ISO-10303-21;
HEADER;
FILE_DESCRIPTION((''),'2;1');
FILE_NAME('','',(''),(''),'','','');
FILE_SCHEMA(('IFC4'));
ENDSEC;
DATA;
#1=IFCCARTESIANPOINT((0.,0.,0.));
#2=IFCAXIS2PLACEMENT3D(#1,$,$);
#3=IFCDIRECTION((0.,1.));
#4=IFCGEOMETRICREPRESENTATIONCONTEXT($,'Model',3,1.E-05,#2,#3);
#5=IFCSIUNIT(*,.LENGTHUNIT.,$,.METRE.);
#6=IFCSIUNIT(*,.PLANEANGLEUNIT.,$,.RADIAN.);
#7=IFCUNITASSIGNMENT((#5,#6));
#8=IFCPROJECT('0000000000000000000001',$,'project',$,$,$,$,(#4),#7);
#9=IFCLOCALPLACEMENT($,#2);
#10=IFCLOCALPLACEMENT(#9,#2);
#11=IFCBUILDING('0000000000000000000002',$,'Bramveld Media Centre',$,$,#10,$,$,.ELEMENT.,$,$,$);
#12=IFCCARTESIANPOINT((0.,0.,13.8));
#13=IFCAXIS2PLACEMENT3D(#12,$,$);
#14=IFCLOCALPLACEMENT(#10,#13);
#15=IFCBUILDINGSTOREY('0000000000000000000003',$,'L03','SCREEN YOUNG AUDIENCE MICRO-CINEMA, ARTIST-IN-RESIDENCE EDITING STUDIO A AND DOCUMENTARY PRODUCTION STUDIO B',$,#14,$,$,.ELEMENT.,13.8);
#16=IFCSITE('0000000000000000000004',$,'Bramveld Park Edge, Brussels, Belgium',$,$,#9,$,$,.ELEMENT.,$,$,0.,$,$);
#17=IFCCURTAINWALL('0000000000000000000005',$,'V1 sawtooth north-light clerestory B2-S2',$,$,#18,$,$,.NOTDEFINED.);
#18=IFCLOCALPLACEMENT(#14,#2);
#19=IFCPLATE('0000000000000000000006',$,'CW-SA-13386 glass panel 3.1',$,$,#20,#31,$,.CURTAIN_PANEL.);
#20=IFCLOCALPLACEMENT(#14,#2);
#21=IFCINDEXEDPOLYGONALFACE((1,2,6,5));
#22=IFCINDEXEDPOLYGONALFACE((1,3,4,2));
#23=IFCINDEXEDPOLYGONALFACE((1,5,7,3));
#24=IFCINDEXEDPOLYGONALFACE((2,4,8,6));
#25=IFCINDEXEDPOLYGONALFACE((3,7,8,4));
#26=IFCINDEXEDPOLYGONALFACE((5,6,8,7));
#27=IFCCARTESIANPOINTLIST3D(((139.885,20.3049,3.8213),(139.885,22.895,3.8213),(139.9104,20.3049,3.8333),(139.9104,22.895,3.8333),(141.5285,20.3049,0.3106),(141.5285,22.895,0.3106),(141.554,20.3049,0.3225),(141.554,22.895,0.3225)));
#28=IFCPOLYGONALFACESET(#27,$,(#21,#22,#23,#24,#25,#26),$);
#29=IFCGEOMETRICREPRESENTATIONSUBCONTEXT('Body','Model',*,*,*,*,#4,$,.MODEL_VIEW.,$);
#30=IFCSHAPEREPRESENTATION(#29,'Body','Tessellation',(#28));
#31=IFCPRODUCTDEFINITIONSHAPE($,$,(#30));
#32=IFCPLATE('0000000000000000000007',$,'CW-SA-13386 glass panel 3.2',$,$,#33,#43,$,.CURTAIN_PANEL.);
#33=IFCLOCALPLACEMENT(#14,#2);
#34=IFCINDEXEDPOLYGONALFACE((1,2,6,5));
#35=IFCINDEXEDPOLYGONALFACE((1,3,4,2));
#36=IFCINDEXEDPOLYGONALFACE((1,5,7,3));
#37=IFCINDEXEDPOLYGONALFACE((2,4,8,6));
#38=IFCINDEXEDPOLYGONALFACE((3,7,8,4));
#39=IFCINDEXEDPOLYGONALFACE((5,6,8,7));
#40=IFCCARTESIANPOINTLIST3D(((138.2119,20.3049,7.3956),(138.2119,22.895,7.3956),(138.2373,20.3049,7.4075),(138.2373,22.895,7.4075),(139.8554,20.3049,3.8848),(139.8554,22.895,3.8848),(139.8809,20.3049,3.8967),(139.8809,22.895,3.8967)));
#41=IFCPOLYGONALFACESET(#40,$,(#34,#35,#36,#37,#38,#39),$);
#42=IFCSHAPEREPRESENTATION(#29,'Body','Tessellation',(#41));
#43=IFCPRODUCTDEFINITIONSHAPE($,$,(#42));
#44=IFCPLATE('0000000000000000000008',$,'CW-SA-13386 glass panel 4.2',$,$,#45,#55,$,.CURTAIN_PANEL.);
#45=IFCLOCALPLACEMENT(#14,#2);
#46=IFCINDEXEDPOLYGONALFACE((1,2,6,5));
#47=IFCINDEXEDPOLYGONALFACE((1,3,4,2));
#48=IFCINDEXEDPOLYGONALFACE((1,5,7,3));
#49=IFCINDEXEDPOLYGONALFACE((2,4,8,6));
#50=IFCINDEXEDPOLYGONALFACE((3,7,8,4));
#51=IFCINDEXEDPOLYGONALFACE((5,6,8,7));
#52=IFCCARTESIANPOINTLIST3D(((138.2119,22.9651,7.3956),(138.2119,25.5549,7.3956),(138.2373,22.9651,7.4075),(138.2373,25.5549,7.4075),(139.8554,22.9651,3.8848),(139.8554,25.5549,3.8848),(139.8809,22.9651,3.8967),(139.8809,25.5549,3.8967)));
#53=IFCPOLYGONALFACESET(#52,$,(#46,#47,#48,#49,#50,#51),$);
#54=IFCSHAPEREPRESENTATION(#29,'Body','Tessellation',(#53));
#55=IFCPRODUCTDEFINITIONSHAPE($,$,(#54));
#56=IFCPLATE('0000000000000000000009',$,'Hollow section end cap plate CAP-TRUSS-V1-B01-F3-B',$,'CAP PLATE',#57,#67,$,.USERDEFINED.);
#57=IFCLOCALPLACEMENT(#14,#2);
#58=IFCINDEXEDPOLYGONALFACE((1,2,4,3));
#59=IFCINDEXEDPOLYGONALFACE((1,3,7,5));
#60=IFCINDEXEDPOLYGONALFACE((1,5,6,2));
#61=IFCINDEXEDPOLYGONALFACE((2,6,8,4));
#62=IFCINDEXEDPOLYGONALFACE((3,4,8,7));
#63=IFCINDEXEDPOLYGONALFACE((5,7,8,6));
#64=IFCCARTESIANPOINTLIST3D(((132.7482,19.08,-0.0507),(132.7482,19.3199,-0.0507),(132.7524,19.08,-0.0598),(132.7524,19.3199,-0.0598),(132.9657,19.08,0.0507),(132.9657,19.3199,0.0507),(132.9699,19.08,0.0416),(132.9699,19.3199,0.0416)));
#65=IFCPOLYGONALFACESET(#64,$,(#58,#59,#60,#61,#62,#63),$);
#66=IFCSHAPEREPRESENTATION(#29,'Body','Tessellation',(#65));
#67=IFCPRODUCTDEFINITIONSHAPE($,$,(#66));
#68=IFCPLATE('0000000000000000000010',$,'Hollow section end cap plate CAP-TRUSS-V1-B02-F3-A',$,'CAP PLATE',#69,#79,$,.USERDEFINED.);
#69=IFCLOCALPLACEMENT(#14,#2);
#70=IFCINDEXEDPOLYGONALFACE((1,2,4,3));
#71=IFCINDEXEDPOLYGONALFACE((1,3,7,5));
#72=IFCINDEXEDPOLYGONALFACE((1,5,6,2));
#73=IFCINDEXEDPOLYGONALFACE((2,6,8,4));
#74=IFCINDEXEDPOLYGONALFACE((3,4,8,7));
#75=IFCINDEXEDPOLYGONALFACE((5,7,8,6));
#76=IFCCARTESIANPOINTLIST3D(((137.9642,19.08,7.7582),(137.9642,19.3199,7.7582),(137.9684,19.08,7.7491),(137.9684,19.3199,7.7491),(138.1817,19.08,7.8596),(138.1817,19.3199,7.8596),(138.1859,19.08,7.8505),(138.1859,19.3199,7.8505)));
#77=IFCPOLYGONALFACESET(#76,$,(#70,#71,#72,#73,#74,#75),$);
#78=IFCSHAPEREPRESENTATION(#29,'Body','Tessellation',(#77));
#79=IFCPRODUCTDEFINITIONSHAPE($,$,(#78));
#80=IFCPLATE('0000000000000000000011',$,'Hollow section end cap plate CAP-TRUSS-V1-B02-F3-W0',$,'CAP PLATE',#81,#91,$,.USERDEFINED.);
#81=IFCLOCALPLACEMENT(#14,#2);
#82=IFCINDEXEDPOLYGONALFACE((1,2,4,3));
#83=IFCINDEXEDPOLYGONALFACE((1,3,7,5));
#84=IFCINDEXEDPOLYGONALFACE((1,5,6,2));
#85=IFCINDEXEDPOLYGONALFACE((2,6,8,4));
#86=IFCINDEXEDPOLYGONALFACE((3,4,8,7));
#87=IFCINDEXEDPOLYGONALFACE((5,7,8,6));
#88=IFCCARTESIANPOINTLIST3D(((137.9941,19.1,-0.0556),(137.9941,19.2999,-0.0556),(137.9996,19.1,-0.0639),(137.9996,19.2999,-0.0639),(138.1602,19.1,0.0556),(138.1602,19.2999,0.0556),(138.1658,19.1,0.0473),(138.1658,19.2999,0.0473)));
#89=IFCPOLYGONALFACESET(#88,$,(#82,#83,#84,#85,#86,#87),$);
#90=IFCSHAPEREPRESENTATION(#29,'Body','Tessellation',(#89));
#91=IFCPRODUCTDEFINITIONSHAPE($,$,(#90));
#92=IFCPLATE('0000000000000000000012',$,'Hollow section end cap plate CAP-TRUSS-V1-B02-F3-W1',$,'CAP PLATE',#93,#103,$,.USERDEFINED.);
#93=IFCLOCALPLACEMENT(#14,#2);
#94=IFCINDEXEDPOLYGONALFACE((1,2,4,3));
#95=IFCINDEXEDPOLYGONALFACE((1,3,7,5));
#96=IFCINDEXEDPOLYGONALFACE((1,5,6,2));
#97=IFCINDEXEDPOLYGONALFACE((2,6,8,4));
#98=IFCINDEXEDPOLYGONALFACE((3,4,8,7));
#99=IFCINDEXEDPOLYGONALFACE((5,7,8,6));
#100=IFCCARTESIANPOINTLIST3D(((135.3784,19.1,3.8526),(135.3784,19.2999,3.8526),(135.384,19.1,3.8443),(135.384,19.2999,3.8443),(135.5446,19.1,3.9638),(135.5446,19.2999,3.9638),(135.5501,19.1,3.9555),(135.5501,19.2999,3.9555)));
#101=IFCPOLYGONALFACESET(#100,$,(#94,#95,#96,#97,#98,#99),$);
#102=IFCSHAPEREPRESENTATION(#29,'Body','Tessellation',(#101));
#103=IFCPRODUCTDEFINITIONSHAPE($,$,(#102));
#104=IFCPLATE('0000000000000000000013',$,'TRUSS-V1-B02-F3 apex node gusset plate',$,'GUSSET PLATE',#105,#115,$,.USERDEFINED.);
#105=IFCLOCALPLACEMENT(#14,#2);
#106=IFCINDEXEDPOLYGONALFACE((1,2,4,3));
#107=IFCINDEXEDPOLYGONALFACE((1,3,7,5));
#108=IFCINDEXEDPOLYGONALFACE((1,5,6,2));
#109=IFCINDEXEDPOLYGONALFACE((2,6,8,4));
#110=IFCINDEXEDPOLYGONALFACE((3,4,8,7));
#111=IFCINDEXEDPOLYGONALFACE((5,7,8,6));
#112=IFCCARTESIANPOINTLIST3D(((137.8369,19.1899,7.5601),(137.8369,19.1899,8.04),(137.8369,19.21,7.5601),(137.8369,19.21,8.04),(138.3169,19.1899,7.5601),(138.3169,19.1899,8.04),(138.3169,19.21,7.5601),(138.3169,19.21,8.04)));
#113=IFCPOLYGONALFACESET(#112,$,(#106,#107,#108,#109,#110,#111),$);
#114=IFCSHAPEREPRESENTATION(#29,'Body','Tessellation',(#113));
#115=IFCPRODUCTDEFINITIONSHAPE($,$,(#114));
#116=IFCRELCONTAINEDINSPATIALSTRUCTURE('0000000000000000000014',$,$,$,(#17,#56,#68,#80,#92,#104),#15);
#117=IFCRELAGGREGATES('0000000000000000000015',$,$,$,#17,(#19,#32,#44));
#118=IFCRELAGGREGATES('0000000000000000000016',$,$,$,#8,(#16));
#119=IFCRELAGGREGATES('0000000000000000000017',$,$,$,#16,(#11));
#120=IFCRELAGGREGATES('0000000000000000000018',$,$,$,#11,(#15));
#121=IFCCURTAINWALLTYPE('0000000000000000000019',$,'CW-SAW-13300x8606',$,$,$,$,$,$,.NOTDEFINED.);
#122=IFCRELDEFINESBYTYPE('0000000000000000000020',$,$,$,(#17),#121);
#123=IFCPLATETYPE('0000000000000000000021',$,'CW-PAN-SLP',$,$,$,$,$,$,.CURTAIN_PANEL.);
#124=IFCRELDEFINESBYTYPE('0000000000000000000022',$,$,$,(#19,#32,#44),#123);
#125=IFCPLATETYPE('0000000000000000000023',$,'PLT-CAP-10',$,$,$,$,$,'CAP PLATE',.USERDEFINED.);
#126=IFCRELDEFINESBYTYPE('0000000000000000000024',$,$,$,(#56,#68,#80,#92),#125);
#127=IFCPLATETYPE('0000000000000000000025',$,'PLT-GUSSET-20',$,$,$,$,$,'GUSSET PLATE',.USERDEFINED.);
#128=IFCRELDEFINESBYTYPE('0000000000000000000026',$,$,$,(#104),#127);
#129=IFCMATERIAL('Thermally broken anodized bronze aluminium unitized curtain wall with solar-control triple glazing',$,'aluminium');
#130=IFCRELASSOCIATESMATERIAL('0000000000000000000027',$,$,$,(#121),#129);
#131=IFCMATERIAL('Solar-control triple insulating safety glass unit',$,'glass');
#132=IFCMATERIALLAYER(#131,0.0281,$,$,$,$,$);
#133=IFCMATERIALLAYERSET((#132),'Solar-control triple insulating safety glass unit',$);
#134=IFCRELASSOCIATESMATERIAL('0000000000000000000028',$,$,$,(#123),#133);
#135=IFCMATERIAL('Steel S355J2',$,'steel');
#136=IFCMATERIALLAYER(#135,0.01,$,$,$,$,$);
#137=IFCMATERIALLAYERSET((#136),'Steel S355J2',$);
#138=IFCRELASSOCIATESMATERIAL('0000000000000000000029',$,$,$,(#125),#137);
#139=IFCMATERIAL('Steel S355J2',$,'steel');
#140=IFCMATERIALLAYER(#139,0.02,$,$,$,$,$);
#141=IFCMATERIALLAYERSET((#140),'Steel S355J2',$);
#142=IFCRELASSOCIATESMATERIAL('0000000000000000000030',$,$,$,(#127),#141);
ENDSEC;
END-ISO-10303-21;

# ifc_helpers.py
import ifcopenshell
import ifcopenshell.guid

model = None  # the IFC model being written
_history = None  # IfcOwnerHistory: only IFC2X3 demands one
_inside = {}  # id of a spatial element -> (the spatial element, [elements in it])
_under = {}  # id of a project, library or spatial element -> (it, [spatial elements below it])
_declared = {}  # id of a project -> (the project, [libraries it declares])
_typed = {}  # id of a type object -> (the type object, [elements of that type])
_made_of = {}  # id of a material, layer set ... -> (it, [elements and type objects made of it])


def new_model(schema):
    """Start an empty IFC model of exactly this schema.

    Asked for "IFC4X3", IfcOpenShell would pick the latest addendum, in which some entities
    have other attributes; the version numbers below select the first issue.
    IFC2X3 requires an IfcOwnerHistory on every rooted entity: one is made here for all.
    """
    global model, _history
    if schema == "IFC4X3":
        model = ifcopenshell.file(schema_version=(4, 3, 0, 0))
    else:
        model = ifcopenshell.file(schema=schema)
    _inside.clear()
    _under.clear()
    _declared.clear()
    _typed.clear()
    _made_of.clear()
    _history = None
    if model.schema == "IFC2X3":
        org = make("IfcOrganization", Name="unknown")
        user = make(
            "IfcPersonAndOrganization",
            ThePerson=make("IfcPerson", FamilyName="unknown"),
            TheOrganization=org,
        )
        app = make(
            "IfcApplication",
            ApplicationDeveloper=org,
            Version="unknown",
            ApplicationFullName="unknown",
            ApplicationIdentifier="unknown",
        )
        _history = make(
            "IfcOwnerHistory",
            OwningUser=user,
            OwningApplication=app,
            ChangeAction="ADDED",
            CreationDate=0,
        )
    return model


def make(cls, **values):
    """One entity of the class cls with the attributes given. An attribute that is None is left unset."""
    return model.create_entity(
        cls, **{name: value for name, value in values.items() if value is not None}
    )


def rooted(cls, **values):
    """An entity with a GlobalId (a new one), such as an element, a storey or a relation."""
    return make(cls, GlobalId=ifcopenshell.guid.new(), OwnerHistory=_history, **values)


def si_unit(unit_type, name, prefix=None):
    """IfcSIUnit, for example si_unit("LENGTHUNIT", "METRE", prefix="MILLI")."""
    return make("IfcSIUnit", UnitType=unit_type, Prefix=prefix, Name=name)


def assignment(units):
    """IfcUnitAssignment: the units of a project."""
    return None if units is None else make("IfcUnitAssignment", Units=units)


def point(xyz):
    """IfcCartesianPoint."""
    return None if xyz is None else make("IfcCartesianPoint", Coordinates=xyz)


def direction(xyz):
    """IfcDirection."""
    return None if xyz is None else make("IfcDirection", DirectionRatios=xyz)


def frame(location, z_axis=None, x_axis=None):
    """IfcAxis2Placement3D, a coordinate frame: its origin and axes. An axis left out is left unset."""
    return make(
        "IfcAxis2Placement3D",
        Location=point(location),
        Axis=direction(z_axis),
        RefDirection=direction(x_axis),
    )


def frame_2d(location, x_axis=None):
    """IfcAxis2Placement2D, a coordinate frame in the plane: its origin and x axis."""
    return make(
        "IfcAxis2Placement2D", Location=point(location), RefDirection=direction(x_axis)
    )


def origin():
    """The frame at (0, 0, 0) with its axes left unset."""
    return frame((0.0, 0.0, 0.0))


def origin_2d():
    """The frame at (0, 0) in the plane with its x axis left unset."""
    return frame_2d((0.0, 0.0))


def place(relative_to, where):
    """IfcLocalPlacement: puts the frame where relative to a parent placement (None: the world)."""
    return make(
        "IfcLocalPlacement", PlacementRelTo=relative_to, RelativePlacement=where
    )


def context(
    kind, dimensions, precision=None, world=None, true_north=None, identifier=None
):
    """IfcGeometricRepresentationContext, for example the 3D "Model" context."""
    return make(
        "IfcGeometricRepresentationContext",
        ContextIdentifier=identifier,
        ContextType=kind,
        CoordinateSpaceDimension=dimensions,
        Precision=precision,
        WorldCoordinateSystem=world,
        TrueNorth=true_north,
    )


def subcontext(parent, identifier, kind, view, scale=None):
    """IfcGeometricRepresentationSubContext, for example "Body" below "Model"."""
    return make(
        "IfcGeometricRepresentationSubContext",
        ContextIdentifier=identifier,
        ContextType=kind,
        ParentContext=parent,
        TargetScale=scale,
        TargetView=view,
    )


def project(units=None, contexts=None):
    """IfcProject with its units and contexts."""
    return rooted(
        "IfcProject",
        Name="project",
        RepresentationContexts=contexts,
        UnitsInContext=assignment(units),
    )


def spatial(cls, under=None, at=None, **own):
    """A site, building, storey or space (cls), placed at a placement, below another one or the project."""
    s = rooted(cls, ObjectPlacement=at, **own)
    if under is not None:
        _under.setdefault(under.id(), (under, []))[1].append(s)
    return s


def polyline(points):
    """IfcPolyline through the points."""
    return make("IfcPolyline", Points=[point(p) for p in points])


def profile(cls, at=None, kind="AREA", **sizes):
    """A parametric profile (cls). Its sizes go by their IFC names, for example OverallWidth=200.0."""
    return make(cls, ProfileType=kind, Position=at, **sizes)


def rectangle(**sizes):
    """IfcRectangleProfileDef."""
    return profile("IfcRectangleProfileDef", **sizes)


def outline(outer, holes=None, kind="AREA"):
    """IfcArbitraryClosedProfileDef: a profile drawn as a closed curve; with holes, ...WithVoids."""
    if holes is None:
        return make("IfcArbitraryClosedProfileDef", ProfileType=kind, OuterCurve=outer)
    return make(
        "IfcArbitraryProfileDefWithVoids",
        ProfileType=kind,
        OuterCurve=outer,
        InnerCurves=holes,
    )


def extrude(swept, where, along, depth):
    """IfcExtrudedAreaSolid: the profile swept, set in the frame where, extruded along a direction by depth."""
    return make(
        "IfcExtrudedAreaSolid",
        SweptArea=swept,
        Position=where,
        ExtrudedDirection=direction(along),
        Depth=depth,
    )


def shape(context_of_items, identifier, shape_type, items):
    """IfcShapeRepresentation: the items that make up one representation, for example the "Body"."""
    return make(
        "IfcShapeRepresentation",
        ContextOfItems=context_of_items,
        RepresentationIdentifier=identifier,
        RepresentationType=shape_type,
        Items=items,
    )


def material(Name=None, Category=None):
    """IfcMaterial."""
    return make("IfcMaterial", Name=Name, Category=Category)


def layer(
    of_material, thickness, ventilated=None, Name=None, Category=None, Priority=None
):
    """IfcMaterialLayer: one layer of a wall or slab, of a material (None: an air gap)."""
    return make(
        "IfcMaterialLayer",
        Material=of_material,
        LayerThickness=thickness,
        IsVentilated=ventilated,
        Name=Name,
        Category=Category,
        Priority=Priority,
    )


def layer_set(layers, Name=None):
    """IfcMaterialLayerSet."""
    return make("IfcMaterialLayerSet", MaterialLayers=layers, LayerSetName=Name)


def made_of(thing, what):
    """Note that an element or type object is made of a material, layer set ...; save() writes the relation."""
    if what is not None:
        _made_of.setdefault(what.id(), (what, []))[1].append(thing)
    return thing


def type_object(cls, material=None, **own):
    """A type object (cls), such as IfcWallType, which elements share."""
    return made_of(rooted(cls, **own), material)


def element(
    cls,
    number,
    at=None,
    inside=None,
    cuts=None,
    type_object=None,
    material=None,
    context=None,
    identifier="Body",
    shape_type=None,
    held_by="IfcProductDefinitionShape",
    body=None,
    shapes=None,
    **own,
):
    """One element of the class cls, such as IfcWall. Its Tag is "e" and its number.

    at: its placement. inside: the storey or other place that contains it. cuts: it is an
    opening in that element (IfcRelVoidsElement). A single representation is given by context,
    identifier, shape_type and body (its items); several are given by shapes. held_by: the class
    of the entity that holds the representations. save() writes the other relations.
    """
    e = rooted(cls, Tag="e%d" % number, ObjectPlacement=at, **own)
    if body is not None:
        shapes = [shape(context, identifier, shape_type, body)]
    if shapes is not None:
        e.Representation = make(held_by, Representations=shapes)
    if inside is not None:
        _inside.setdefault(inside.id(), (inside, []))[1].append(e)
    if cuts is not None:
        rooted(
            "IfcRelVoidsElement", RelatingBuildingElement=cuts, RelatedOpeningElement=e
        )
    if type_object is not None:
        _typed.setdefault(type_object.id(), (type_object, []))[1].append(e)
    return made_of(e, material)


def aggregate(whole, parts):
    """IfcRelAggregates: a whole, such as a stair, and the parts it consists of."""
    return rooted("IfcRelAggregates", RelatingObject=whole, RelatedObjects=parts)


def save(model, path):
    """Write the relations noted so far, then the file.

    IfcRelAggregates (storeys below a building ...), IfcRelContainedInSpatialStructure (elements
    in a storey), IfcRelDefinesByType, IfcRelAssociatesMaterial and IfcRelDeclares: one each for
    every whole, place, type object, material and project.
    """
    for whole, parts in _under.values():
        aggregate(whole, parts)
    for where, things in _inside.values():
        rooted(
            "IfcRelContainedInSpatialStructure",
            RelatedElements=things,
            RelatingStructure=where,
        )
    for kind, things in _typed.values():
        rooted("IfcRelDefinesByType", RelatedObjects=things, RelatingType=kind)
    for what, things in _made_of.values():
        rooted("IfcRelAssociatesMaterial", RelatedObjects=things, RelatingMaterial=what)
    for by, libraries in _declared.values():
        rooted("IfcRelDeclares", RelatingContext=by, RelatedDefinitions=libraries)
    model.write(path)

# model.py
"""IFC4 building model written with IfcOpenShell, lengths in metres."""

from ifc_helpers import new_model, si_unit, direction, frame, origin, origin_2d, place, context, subcontext, project, spatial, polyline, rectangle, outline, extrude, material, layer, layer_set, type_object, element, aggregate, save


model = new_model("IFC4")

# Units and contexts
model_context = context("Model", 3, precision=1e-05, world=origin(), true_north=direction((0.0, 1.0)))
body_context = subcontext(model_context, "Body", "Model", "MODEL_VIEW")
ifc_project = project(units=[si_unit("LENGTHUNIT", "METRE"), si_unit("PLANEANGLEUNIT", "RADIAN")], contexts=[model_context])

# Site, building, storey
site_placement = place(None, origin())
site = spatial("IfcSite", under=ifc_project, at=site_placement, Name="Bramveld Park Edge, Brussels, Belgium", CompositionType="ELEMENT", RefElevation=0.0)
building_placement = place(site_placement, origin())
building = spatial("IfcBuilding", under=site, at=building_placement, Name="Bramveld Media Centre", CompositionType="ELEMENT")
storey_placement = place(building_placement, frame((0.0, 0.0, 13.8)))
storey = spatial("IfcBuildingStorey", under=building, at=storey_placement, Name="L03", Description="SCREEN YOUNG AUDIENCE MICRO-CINEMA, ARTIST-IN-RESIDENCE EDITING STUDIO A AND DOCUMENTARY PRODUCTION STUDIO B", CompositionType="ELEMENT", Elevation=13.8)

# Curtain wall
ifc_material_1 = material(Name="Thermally broken anodized bronze aluminium unitized curtain wall with solar-control triple glazing", Category="aluminium")
curtain_wall_type = type_object("IfcCurtainWallType", Name="CW-SAW-13300x8606", PredefinedType="NOTDEFINED", material=ifc_material_1)
curtain_wall_1_placement = place(storey_placement, origin())
curtain_wall_1 = element("IfcCurtainWall", 1, at=curtain_wall_1_placement, inside=storey, type_object=curtain_wall_type, Name="V1 sawtooth north-light clerestory B2-S2", PredefinedType="NOTDEFINED")

# Plates
ifc_material_2 = material(Name="Solar-control triple insulating safety glass unit", Category="glass")
ifc_layer_1 = layer(ifc_material_2, 0.0281)
ifc_layer_set_1 = layer_set([ifc_layer_1], Name="Solar-control triple insulating safety glass unit")
plate_type_1 = type_object("IfcPlateType", Name="CW-PAN-SLP", PredefinedType="CURTAIN_PANEL", material=ifc_layer_set_1)
plate_1_placement = place(storey_placement, frame((141.554, 20.3049, 0.3225), z_axis=(0.905668, 0.0, 0.423988), x_axis=(0.0, 1.0, 0.0)))
plate_1 = element("IfcPlate", 2, at=plate_1_placement, type_object=plate_type_1, Name="CW-SA-13386 glass panel 3.1", PredefinedType="CURTAIN_PANEL", context=body_context, shape_type="SweptSolid", body=[
    extrude(outline(polyline([(0.0, 0.0), (2.5901, 0.0), (2.5901, 3.8764), (0.0, 3.8764), (0.0, 0.0)])), origin(), (0.0, 0.0, -1.0), 0.0281),
])
plate_2_placement = place(storey_placement, frame((139.8809, 20.3049, 3.8967), z_axis=(0.905668, 0.0, 0.423988), x_axis=(0.0, 1.0, 0.0)))
plate_2 = element("IfcPlate", 3, at=plate_2_placement, type_object=plate_type_1, Name="CW-SA-13386 glass panel 3.2", PredefinedType="CURTAIN_PANEL", context=body_context, shape_type="SweptSolid", body=[
    extrude(outline(polyline([(0.0, 0.0), (2.5901, 0.0), (2.5901, 3.8764), (0.0, 3.8764), (0.0, 0.0)])), origin(), (0.0, 0.0, -1.0), 0.0281),
])
plate_3_placement = place(storey_placement, frame((139.8809, 22.9651, 3.8967), z_axis=(0.905668, 0.0, 0.423988), x_axis=(0.0, 1.0, 0.0)))
plate_3 = element("IfcPlate", 4, at=plate_3_placement, type_object=plate_type_1, Name="CW-SA-13386 glass panel 4.2", PredefinedType="CURTAIN_PANEL", context=body_context, shape_type="SweptSolid", body=[
    extrude(outline(polyline([(0.0, 0.0), (2.5898, 0.0), (2.5898, 3.8764), (0.0, 3.8764), (0.0, 0.0)])), origin(), (0.0, 0.0, -1.0), 0.0281),
])
aggregate(curtain_wall_1, [plate_1, plate_2, plate_3])

# Plates
ifc_material_3 = material(Name="Steel S355J2", Category="steel")
ifc_layer_2 = layer(ifc_material_3, 0.01)
ifc_layer_set_2 = layer_set([ifc_layer_2], Name="Steel S355J2")
plate_type_2 = type_object("IfcPlateType", Name="PLT-CAP-10", ElementType="CAP PLATE", PredefinedType="USERDEFINED", material=ifc_layer_set_2)
for number, where, z_axis, x_axis, name in (
    (5, (132.8569, 19.2, 0.0), (0.422618, 0.0, -0.906308), (0.0, 1.0, 0.0), "Hollow section end cap plate CAP-TRUSS-V1-B01-F3-B"),
    (6, (138.0771, 19.2, 7.7998), (-0.422628, 0.0, 0.906303), (0.0, -1.0, 0.0), "Hollow section end cap plate CAP-TRUSS-V1-B02-F3-A"),
):
    element("IfcPlate", number, at=place(storey_placement, frame(where, z_axis=z_axis, x_axis=x_axis)), inside=storey, type_object=plate_type_2, Name=name, ObjectType="CAP PLATE", PredefinedType="USERDEFINED", context=body_context, shape_type="SweptSolid", body=[
        extrude(rectangle(XDim=0.24, YDim=0.24, at=origin_2d()), origin(), (0.0, 0.0, 1.0), 0.01),
    ])
for number, where, z_axis, x_axis, name in (
    (7, (138.0771, 19.2, 0.0), (0.55616, 0.0, -0.831075), (0.0, 1.0, 0.0), "Hollow section end cap plate CAP-TRUSS-V1-B02-F3-W0"),
    (8, (135.467, 19.2, 3.8999), (-0.55616, 0.0, 0.831075), (0.0, -1.0, 0.0), "Hollow section end cap plate CAP-TRUSS-V1-B02-F3-W1"),
):
    element("IfcPlate", number, at=place(storey_placement, frame(where, z_axis=z_axis, x_axis=x_axis)), inside=storey, type_object=plate_type_2, Name=name, ObjectType="CAP PLATE", PredefinedType="USERDEFINED", context=body_context, shape_type="SweptSolid", body=[
        extrude(rectangle(XDim=0.2, YDim=0.2, at=origin_2d()), origin(), (0.0, 0.0, 1.0), 0.01),
    ])
ifc_material_4 = material(Name="Steel S355J2", Category="steel")
ifc_layer_3 = layer(ifc_material_4, 0.02)
ifc_layer_set_3 = layer_set([ifc_layer_3], Name="Steel S355J2")
plate_type_3 = type_object("IfcPlateType", Name="PLT-GUSSET-20", ElementType="GUSSET PLATE", PredefinedType="USERDEFINED", material=ifc_layer_set_3)
plate_4_placement = place(storey_placement, frame((138.0769, 19.2, 7.5601), z_axis=(0.0, 0.0, 1.0), x_axis=(1.0, 0.0, 0.0)))
element("IfcPlate", 9, at=plate_4_placement, inside=storey, type_object=plate_type_3, Name="TRUSS-V1-B02-F3 apex node gusset plate", ObjectType="GUSSET PLATE", PredefinedType="USERDEFINED", context=body_context, shape_type="SweptSolid", body=[
    extrude(rectangle(XDim=0.48, YDim=0.02, at=origin_2d()), origin(), (0.0, 0.0, 1.0), 0.48),
])

save(model, "model.ifc")
